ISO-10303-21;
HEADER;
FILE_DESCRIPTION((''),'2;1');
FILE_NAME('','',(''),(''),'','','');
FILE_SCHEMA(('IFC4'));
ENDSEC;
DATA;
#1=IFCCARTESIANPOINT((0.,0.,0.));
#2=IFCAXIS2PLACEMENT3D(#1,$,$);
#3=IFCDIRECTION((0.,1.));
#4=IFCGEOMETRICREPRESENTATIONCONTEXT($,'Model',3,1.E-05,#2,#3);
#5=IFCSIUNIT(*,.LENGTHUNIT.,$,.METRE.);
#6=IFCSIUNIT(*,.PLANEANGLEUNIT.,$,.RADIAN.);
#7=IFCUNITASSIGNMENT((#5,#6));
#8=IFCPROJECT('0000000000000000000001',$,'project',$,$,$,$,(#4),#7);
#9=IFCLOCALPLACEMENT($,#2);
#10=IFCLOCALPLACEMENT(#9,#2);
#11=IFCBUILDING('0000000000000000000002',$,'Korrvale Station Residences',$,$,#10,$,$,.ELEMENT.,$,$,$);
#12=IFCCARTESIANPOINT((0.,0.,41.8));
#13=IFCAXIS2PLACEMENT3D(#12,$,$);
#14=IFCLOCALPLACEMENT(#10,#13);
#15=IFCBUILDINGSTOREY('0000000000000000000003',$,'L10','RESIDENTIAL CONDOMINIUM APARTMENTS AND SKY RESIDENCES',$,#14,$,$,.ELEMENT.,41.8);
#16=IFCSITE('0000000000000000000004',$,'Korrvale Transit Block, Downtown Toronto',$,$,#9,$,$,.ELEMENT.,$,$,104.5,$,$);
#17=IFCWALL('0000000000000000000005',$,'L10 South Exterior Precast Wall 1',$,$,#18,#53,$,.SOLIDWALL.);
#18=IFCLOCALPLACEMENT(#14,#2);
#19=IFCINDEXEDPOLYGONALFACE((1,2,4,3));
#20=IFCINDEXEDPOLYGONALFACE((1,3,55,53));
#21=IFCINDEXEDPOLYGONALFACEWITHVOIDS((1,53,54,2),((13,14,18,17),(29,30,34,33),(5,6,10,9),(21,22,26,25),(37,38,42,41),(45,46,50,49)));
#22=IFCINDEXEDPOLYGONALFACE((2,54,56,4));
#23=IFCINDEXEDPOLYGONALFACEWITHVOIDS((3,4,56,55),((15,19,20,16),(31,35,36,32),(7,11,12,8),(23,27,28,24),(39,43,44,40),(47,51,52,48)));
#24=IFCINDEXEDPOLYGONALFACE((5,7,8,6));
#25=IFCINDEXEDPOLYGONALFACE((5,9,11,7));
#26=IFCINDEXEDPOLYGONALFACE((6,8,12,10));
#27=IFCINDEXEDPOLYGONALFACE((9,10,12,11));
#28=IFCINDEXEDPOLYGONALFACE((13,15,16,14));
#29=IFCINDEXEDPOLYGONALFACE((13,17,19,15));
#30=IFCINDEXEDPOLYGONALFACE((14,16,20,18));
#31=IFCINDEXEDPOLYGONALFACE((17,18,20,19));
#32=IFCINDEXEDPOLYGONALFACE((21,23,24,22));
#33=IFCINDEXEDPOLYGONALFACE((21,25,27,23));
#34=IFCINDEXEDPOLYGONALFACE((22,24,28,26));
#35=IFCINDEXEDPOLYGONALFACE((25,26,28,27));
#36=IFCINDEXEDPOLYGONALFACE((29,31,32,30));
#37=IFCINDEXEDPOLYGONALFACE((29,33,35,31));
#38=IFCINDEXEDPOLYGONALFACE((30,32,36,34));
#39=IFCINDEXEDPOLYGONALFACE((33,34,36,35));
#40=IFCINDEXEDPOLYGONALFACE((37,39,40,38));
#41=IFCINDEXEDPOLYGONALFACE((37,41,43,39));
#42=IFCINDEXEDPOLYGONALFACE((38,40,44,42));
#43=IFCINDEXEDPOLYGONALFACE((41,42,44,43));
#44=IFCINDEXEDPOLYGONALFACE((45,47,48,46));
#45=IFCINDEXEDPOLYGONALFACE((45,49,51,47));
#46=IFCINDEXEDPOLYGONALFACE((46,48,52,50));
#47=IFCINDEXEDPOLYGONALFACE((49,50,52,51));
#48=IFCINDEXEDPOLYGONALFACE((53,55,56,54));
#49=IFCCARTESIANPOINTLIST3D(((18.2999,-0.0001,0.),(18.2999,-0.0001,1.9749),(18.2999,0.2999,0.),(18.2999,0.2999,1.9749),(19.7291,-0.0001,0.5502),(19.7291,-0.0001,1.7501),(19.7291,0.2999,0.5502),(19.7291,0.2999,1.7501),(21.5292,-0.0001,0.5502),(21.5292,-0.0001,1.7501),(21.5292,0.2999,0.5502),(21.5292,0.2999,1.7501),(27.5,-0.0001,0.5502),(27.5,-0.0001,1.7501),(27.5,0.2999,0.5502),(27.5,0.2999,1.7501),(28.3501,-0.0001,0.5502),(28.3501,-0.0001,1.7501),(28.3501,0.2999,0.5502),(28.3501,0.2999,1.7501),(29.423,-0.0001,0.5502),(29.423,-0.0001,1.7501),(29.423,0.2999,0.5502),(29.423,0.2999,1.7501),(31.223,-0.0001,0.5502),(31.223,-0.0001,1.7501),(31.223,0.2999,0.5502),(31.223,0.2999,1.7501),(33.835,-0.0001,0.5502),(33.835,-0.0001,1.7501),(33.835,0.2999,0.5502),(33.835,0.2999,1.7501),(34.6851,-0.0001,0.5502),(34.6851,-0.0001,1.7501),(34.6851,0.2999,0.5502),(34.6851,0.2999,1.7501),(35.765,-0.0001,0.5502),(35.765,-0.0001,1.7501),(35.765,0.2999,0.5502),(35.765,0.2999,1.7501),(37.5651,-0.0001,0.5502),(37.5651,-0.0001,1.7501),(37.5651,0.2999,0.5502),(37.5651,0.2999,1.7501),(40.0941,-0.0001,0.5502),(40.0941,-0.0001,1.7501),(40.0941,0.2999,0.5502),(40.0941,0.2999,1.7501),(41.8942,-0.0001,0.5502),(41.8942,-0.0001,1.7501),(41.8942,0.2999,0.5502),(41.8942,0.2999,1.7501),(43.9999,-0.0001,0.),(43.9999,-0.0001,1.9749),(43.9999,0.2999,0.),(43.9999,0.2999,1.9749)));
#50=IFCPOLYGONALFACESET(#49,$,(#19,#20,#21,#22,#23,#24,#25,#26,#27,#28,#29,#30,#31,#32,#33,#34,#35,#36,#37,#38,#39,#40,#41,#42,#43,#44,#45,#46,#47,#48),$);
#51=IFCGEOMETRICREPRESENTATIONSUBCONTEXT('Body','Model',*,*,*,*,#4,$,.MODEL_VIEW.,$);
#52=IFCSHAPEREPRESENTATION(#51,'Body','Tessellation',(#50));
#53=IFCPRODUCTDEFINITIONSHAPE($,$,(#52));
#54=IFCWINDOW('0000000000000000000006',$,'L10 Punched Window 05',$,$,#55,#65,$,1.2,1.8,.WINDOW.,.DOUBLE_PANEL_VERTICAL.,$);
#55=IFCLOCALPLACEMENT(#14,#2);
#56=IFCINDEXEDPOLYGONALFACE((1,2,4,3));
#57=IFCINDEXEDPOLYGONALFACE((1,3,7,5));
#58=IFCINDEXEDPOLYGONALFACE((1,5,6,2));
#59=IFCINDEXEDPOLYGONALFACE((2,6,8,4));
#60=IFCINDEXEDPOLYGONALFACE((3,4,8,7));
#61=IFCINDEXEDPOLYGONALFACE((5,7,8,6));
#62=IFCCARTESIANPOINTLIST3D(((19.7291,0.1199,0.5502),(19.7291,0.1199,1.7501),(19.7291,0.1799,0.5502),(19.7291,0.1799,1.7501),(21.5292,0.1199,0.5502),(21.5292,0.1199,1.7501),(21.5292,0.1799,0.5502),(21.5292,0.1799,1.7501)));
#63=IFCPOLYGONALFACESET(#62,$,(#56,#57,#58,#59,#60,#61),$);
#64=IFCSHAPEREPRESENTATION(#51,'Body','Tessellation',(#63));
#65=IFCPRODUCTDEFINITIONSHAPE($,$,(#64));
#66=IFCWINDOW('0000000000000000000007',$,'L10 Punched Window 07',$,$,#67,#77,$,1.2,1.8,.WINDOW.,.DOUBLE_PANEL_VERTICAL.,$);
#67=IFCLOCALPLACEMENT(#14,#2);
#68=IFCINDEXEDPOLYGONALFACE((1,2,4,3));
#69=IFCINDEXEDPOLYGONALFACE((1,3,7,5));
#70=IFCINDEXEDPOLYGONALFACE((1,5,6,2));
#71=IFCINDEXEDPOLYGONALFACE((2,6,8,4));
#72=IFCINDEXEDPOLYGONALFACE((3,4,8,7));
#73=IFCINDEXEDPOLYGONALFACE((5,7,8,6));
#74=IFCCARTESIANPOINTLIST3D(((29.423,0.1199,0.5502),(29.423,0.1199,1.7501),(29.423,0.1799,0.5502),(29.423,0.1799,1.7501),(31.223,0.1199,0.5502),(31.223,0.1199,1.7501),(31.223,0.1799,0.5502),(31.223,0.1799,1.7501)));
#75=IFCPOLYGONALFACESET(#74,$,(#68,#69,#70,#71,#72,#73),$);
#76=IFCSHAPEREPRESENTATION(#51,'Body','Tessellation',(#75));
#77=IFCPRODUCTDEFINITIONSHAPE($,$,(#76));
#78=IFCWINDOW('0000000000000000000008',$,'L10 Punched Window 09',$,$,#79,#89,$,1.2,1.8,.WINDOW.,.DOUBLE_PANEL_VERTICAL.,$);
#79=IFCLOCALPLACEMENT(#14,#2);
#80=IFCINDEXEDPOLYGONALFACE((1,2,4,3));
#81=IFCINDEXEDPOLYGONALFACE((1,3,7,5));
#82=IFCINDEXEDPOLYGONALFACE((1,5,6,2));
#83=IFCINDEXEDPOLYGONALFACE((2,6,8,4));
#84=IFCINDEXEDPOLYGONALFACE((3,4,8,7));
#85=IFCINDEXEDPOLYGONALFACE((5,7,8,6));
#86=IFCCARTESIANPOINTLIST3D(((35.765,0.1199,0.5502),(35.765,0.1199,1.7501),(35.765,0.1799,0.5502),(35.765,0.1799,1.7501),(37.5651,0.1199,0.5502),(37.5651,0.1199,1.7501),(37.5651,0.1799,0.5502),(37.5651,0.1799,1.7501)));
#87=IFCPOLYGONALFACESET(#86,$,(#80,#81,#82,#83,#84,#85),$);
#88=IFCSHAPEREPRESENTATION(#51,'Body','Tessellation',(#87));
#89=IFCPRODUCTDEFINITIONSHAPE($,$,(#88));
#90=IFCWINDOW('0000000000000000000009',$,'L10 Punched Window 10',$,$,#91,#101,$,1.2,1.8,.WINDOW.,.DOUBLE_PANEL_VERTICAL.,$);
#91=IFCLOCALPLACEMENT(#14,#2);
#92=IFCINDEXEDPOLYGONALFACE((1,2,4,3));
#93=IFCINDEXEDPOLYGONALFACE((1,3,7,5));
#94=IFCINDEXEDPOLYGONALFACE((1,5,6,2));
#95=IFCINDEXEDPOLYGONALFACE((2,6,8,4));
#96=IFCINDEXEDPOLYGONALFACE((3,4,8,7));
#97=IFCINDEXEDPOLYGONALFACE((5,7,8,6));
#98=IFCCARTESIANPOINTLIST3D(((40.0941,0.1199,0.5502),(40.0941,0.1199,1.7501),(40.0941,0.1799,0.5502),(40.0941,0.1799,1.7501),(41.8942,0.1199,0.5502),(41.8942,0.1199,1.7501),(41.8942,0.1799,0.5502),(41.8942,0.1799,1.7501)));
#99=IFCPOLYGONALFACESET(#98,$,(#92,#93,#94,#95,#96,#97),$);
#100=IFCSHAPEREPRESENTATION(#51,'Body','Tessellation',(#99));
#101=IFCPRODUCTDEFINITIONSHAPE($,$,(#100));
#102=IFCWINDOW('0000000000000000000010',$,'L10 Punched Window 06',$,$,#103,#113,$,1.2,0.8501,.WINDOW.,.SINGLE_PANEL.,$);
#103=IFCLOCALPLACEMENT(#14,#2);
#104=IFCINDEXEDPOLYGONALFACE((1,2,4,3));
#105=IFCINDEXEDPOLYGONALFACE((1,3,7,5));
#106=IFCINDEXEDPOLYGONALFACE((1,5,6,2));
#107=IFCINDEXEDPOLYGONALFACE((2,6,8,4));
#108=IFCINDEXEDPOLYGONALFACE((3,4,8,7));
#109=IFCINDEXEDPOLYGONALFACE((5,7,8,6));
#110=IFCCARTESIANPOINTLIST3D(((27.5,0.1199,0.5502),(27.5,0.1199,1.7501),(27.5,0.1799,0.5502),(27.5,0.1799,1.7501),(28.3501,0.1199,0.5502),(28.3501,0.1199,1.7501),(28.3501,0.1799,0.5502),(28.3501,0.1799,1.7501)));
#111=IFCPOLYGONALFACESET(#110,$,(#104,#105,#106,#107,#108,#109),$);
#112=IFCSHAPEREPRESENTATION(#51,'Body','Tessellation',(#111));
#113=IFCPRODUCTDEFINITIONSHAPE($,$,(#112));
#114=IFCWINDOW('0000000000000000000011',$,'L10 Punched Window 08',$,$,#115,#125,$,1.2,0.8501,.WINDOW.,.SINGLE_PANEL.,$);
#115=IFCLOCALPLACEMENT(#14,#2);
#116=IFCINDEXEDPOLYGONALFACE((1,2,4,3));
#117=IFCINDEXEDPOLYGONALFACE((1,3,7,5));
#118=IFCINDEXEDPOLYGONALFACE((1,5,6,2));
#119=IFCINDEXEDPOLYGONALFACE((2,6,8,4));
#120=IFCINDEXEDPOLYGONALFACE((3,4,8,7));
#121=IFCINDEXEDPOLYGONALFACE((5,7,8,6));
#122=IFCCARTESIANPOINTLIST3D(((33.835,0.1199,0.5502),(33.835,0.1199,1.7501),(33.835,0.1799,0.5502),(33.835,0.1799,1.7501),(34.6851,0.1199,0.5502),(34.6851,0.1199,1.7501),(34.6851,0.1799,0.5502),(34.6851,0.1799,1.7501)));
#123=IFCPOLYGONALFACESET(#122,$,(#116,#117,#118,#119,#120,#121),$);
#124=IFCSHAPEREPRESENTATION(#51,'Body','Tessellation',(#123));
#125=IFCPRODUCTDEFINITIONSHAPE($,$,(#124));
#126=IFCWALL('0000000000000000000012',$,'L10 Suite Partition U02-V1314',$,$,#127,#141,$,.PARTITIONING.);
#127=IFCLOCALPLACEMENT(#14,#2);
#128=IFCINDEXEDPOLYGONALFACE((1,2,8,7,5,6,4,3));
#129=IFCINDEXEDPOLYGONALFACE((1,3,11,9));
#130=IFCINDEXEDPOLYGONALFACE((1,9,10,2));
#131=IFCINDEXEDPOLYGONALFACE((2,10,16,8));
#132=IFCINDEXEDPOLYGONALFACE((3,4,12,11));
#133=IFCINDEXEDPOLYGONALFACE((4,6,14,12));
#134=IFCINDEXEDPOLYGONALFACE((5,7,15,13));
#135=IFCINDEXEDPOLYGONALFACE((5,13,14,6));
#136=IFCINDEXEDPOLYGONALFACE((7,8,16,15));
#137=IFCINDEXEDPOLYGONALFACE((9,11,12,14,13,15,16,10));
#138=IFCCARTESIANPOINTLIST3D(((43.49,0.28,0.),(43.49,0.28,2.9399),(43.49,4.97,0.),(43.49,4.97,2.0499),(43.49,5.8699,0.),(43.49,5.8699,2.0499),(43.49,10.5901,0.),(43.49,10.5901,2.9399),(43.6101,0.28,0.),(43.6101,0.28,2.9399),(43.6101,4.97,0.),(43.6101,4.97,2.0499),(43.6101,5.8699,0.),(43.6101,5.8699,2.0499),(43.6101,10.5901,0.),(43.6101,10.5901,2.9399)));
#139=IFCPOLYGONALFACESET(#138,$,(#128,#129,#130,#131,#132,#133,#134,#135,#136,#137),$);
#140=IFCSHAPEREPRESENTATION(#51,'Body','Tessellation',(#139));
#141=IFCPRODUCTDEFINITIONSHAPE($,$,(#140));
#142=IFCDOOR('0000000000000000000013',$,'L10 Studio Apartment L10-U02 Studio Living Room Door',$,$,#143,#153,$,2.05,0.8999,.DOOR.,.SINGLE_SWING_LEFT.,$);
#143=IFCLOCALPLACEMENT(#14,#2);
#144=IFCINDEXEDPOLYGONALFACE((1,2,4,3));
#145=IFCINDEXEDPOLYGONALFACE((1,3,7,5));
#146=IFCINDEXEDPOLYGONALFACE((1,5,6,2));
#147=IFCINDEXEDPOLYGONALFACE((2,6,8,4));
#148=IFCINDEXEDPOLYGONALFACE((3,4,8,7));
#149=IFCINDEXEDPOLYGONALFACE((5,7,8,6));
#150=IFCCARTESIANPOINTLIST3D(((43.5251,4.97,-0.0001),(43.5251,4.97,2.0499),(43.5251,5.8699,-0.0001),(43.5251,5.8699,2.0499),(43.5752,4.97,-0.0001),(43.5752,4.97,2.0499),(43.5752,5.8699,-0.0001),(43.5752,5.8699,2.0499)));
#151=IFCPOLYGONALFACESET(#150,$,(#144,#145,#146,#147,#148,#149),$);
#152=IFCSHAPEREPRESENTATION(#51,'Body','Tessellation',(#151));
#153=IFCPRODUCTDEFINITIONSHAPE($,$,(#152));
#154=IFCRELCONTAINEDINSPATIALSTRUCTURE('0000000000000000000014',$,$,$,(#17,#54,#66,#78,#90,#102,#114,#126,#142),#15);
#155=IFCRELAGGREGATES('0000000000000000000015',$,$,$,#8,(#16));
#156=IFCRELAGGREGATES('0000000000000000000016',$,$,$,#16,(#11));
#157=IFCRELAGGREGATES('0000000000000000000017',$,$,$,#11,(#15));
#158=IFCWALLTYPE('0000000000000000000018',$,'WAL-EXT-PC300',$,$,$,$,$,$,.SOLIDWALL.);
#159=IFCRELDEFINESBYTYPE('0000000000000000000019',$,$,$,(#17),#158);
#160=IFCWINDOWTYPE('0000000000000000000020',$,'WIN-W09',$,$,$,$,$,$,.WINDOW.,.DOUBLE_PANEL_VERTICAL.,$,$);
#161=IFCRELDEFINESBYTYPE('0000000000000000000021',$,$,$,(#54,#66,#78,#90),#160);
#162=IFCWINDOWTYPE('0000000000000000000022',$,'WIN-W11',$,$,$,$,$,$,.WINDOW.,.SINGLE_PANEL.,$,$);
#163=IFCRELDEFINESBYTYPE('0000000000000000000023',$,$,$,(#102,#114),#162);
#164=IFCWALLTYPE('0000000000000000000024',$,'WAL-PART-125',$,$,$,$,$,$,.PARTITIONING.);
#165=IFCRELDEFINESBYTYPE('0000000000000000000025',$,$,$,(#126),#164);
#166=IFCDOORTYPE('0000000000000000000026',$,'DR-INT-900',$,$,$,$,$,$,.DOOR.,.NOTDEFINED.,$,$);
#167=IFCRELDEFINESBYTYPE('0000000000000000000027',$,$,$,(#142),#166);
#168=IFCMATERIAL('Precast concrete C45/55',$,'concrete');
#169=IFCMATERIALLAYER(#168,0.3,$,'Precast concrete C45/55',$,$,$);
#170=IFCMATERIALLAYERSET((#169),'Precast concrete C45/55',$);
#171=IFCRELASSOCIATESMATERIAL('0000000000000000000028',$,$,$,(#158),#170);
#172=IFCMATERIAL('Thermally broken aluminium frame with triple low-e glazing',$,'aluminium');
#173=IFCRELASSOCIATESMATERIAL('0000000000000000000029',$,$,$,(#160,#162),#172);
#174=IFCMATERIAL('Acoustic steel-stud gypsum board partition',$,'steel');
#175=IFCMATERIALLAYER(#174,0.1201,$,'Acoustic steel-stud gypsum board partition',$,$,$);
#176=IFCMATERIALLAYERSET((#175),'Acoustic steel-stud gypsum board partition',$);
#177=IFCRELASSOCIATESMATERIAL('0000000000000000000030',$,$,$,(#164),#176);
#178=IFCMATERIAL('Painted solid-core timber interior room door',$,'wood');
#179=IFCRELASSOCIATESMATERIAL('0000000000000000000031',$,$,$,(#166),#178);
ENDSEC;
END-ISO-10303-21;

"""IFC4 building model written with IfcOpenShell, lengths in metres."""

from ifc_helpers import new_model, si_unit, direction, frame, frame_2d, origin, place, context, subcontext, project, spatial, rectangle, extrude, material, layer, layer_set, type_object, element, fill, save


model = new_model("IFC4")

# Units and contexts
model_context = context("Model", 3, precision=1e-05, world=origin(), true_north=direction((0.0, 1.0)))
body_context = subcontext(model_context, "Body", "Model", "MODEL_VIEW")
ifc_project = project(units=[si_unit("LENGTHUNIT", "METRE"), si_unit("PLANEANGLEUNIT", "RADIAN")], contexts=[model_context])

# Site, building, storey
site_placement = place(None, origin())
site = spatial("IfcSite", under=ifc_project, at=site_placement, Name="Korrvale Transit Block, Downtown Toronto", CompositionType="ELEMENT", RefElevation=104.5)
building_placement = place(site_placement, origin())
building = spatial("IfcBuilding", under=site, at=building_placement, Name="Korrvale Station Residences", CompositionType="ELEMENT")
storey_placement = place(building_placement, frame((0.0, 0.0, 41.8)))
storey = spatial("IfcBuildingStorey", under=building, at=storey_placement, Name="L10", Description="RESIDENTIAL CONDOMINIUM APARTMENTS AND SKY RESIDENCES", CompositionType="ELEMENT", Elevation=41.8)

# Shared definitions
ifc_material_1 = material(Name="Precast concrete C45/55", Category="concrete")

# Wall, openings, windows
ifc_layer_1 = layer(ifc_material_1, 0.3, Name="Precast concrete C45/55")
ifc_layer_set_1 = layer_set([ifc_layer_1], Name="Precast concrete C45/55")
wall_type_1 = type_object("IfcWallType", Name="WAL-EXT-PC300", PredefinedType="SOLIDWALL", material=ifc_layer_set_1)
wall_1_placement = place(storey_placement, frame((44.0, 0.1499, 0.0), z_axis=(0.0, 0.0, 1.0), x_axis=(-1.0, 0.0, 0.0)))
wall_1 = element("IfcWall", 1, at=wall_1_placement, inside=storey, type_object=wall_type_1, Name="L10 South Exterior Precast Wall 1", PredefinedType="SOLIDWALL", context=body_context, shape_type="SweptSolid", body=[
    extrude(rectangle(XDim=25.7, YDim=0.3, at=frame_2d((12.8501, 0.0))), origin(), (0.0, 0.0, 1.0), 1.9749),
])
opening_1_placement = place(wall_1_placement, frame((22.4709, 0.0, 0.55)))
opening_1 = element("IfcOpeningElement", 2, at=opening_1_placement, cuts=wall_1, PredefinedType="OPENING", context=body_context, shape_type="SweptSolid", body=[
    extrude(rectangle(XDim=1.8, YDim=1.2, at=frame_2d((0.8999, 0.6001))), frame((0.0, 0.1602, 0.0), z_axis=(0.0, -1.0, 0.0), x_axis=(1.0, 0.0, 0.0)), (0.0, 0.0, 1.0), 0.3201),
])
opening_2_placement = place(wall_1_placement, frame((15.6499, 0.0, 0.55)))
opening_2 = element("IfcOpeningElement", 3, at=opening_2_placement, cuts=wall_1, PredefinedType="OPENING", context=body_context, shape_type="SweptSolid", body=[
    extrude(rectangle(XDim=0.8501, YDim=1.2, at=frame_2d((0.425, 0.6001))), frame((0.0, 0.1602, 0.0), z_axis=(0.0, -1.0, 0.0), x_axis=(1.0, 0.0, 0.0)), (0.0, 0.0, 1.0), 0.3201),
])
opening_3_placement = place(wall_1_placement, frame((12.7771, 0.0, 0.55)))
opening_3 = element("IfcOpeningElement", 4, at=opening_3_placement, cuts=wall_1, PredefinedType="OPENING", context=body_context, shape_type="SweptSolid", body=[
    extrude(rectangle(XDim=1.8, YDim=1.2, at=frame_2d((0.8999, 0.6001))), frame((0.0, 0.1602, 0.0), z_axis=(0.0, -1.0, 0.0), x_axis=(1.0, 0.0, 0.0)), (0.0, 0.0, 1.0), 0.3201),
])
opening_4_placement = place(wall_1_placement, frame((9.3149, 0.0, 0.55)))
opening_4 = element("IfcOpeningElement", 5, at=opening_4_placement, cuts=wall_1, PredefinedType="OPENING", context=body_context, shape_type="SweptSolid", body=[
    extrude(rectangle(XDim=0.8501, YDim=1.2, at=frame_2d((0.425, 0.6001))), frame((0.0, 0.1602, 0.0), z_axis=(0.0, -1.0, 0.0), x_axis=(1.0, 0.0, 0.0)), (0.0, 0.0, 1.0), 0.3201),
])
opening_5_placement = place(wall_1_placement, frame((6.4351, 0.0, 0.55)))
opening_5 = element("IfcOpeningElement", 6, at=opening_5_placement, cuts=wall_1, PredefinedType="OPENING", context=body_context, shape_type="SweptSolid", body=[
    extrude(rectangle(XDim=1.8, YDim=1.2, at=frame_2d((0.8999, 0.6001))), frame((0.0, 0.1602, 0.0), z_axis=(0.0, -1.0, 0.0), x_axis=(1.0, 0.0, 0.0)), (0.0, 0.0, 1.0), 0.3201),
])
opening_6_placement = place(wall_1_placement, frame((2.106, 0.0, 0.55)))
opening_6 = element("IfcOpeningElement", 7, at=opening_6_placement, cuts=wall_1, PredefinedType="OPENING", context=body_context, shape_type="SweptSolid", body=[
    extrude(rectangle(XDim=1.8, YDim=1.2, at=frame_2d((0.8999, 0.6001))), frame((0.0, 0.1602, 0.0), z_axis=(0.0, -1.0, 0.0), x_axis=(1.0, 0.0, 0.0)), (0.0, 0.0, 1.0), 0.3201),
])
ifc_material_2 = material(Name="Thermally broken aluminium frame with triple low-e glazing", Category="aluminium")
window_type_1 = type_object("IfcWindowType", Name="WIN-W09", PartitioningType="DOUBLE_PANEL_VERTICAL", PredefinedType="WINDOW", material=ifc_material_2)
window_1_placement = place(opening_1_placement, origin())
window_1 = element("IfcWindow", 8, at=window_1_placement, inside=storey, type_object=window_type_1, Name="L10 Punched Window 05", OverallHeight=1.2, OverallWidth=1.8, PartitioningType="DOUBLE_PANEL_VERTICAL", PredefinedType="WINDOW", context=body_context, shape_type="SweptSolid", body=[
    extrude(rectangle(XDim=1.8, YDim=1.2, at=frame_2d((0.8999, 0.6001))), frame((0.0, 0.03, 0.0), z_axis=(0.0, -1.0, 0.0), x_axis=(1.0, 0.0, 0.0)), (0.0, 0.0, 1.0), 0.0601),
])
fill(opening_1, window_1)
window_2_placement = place(opening_3_placement, origin())
window_2 = element("IfcWindow", 9, at=window_2_placement, inside=storey, type_object=window_type_1, Name="L10 Punched Window 07", OverallHeight=1.2, OverallWidth=1.8, PartitioningType="DOUBLE_PANEL_VERTICAL", PredefinedType="WINDOW", context=body_context, shape_type="SweptSolid", body=[
    extrude(rectangle(XDim=1.8, YDim=1.2, at=frame_2d((0.8999, 0.6001))), frame((0.0, 0.03, 0.0), z_axis=(0.0, -1.0, 0.0), x_axis=(1.0, 0.0, 0.0)), (0.0, 0.0, 1.0), 0.0601),
])
fill(opening_3, window_2)
window_3_placement = place(opening_5_placement, origin())
window_3 = element("IfcWindow", 10, at=window_3_placement, inside=storey, type_object=window_type_1, Name="L10 Punched Window 09", OverallHeight=1.2, OverallWidth=1.8, PartitioningType="DOUBLE_PANEL_VERTICAL", PredefinedType="WINDOW", context=body_context, shape_type="SweptSolid", body=[
    extrude(rectangle(XDim=1.8, YDim=1.2, at=frame_2d((0.8999, 0.6001))), frame((0.0, 0.03, 0.0), z_axis=(0.0, -1.0, 0.0), x_axis=(1.0, 0.0, 0.0)), (0.0, 0.0, 1.0), 0.0601),
])
fill(opening_5, window_3)
window_4_placement = place(opening_6_placement, origin())
window_4 = element("IfcWindow", 11, at=window_4_placement, inside=storey, type_object=window_type_1, Name="L10 Punched Window 10", OverallHeight=1.2, OverallWidth=1.8, PartitioningType="DOUBLE_PANEL_VERTICAL", PredefinedType="WINDOW", context=body_context, shape_type="SweptSolid", body=[
    extrude(rectangle(XDim=1.8, YDim=1.2, at=frame_2d((0.8999, 0.6001))), frame((0.0, 0.03, 0.0), z_axis=(0.0, -1.0, 0.0), x_axis=(1.0, 0.0, 0.0)), (0.0, 0.0, 1.0), 0.0601),
])
fill(opening_6, window_4)
window_type_2 = type_object("IfcWindowType", Name="WIN-W11", PartitioningType="SINGLE_PANEL", PredefinedType="WINDOW", material=ifc_material_2)
window_5_placement = place(opening_2_placement, origin())
window_5 = element("IfcWindow", 12, at=window_5_placement, inside=storey, type_object=window_type_2, Name="L10 Punched Window 06", OverallHeight=1.2, OverallWidth=0.8501, PartitioningType="SINGLE_PANEL", PredefinedType="WINDOW", context=body_context, shape_type="SweptSolid", body=[
    extrude(rectangle(XDim=0.8501, YDim=1.2, at=frame_2d((0.425, 0.6001))), frame((0.0, 0.03, 0.0), z_axis=(0.0, -1.0, 0.0), x_axis=(1.0, 0.0, 0.0)), (0.0, 0.0, 1.0), 0.0601),
])
fill(opening_2, window_5)
window_6_placement = place(opening_4_placement, origin())
window_6 = element("IfcWindow", 13, at=window_6_placement, inside=storey, type_object=window_type_2, Name="L10 Punched Window 08", OverallHeight=1.2, OverallWidth=0.8501, PartitioningType="SINGLE_PANEL", PredefinedType="WINDOW", context=body_context, shape_type="SweptSolid", body=[
    extrude(rectangle(XDim=0.8501, YDim=1.2, at=frame_2d((0.425, 0.6001))), frame((0.0, 0.03, 0.0), z_axis=(0.0, -1.0, 0.0), x_axis=(1.0, 0.0, 0.0)), (0.0, 0.0, 1.0), 0.0601),
])
fill(opening_4, window_6)

# Wall, opening, door
ifc_material_3 = material(Name="Acoustic steel-stud gypsum board partition", Category="steel")
ifc_layer_2 = layer(ifc_material_3, 0.1201, Name="Acoustic steel-stud gypsum board partition")
ifc_layer_set_2 = layer_set([ifc_layer_2], Name="Acoustic steel-stud gypsum board partition")
wall_type_2 = type_object("IfcWallType", Name="WAL-PART-125", PredefinedType="PARTITIONING", material=ifc_layer_set_2)
wall_2_placement = place(storey_placement, frame((43.55, 0.28, 0.0), z_axis=(0.0, 0.0, 1.0), x_axis=(0.0, 1.0, 0.0)))
wall_2 = element("IfcWall", 14, at=wall_2_placement, inside=storey, type_object=wall_type_2, Name="L10 Suite Partition U02-V1314", PredefinedType="PARTITIONING", context=body_context, shape_type="SweptSolid", body=[
    extrude(rectangle(XDim=10.3101, YDim=0.1201, at=frame_2d((5.155, 0.0))), origin(), (0.0, 0.0, 1.0), 2.9399),
])
opening_7_placement = place(wall_2_placement, frame((4.6899, 0.0, 0.0)))
opening_7 = element("IfcOpeningElement", 15, at=opening_7_placement, cuts=wall_2, PredefinedType="OPENING", context=body_context, shape_type="SweptSolid", body=[
    extrude(rectangle(XDim=0.8999, YDim=2.05, at=frame_2d((0.45, 1.0249))), frame((0.0, 0.0701, 0.0), z_axis=(0.0, -1.0, 0.0), x_axis=(1.0, 0.0, 0.0)), (0.0, 0.0, 1.0), 0.1401),
])
ifc_material_4 = material(Name="Painted solid-core timber interior room door", Category="wood")
door_type = type_object("IfcDoorType", Name="DR-INT-900", OperationType="NOTDEFINED", PredefinedType="DOOR", material=ifc_material_4)
door_placement = place(opening_7_placement, origin())
door = element("IfcDoor", 16, at=door_placement, inside=storey, type_object=door_type, Name="L10 Studio Apartment L10-U02 Studio Living Room Door", OperationType="SINGLE_SWING_LEFT", OverallHeight=2.05, OverallWidth=0.8999, PredefinedType="DOOR", context=body_context, shape_type="SweptSolid", body=[
    extrude(rectangle(XDim=0.8999, YDim=2.05, at=frame_2d((0.45, 1.0249))), frame((0.0, 0.0249, 0.0), z_axis=(0.0, -1.0, 0.0), x_axis=(1.0, 0.0, 0.0)), (0.0, 0.0, 1.0), 0.05),
])
fill(opening_7, door)

save(model, "model.ifc")
